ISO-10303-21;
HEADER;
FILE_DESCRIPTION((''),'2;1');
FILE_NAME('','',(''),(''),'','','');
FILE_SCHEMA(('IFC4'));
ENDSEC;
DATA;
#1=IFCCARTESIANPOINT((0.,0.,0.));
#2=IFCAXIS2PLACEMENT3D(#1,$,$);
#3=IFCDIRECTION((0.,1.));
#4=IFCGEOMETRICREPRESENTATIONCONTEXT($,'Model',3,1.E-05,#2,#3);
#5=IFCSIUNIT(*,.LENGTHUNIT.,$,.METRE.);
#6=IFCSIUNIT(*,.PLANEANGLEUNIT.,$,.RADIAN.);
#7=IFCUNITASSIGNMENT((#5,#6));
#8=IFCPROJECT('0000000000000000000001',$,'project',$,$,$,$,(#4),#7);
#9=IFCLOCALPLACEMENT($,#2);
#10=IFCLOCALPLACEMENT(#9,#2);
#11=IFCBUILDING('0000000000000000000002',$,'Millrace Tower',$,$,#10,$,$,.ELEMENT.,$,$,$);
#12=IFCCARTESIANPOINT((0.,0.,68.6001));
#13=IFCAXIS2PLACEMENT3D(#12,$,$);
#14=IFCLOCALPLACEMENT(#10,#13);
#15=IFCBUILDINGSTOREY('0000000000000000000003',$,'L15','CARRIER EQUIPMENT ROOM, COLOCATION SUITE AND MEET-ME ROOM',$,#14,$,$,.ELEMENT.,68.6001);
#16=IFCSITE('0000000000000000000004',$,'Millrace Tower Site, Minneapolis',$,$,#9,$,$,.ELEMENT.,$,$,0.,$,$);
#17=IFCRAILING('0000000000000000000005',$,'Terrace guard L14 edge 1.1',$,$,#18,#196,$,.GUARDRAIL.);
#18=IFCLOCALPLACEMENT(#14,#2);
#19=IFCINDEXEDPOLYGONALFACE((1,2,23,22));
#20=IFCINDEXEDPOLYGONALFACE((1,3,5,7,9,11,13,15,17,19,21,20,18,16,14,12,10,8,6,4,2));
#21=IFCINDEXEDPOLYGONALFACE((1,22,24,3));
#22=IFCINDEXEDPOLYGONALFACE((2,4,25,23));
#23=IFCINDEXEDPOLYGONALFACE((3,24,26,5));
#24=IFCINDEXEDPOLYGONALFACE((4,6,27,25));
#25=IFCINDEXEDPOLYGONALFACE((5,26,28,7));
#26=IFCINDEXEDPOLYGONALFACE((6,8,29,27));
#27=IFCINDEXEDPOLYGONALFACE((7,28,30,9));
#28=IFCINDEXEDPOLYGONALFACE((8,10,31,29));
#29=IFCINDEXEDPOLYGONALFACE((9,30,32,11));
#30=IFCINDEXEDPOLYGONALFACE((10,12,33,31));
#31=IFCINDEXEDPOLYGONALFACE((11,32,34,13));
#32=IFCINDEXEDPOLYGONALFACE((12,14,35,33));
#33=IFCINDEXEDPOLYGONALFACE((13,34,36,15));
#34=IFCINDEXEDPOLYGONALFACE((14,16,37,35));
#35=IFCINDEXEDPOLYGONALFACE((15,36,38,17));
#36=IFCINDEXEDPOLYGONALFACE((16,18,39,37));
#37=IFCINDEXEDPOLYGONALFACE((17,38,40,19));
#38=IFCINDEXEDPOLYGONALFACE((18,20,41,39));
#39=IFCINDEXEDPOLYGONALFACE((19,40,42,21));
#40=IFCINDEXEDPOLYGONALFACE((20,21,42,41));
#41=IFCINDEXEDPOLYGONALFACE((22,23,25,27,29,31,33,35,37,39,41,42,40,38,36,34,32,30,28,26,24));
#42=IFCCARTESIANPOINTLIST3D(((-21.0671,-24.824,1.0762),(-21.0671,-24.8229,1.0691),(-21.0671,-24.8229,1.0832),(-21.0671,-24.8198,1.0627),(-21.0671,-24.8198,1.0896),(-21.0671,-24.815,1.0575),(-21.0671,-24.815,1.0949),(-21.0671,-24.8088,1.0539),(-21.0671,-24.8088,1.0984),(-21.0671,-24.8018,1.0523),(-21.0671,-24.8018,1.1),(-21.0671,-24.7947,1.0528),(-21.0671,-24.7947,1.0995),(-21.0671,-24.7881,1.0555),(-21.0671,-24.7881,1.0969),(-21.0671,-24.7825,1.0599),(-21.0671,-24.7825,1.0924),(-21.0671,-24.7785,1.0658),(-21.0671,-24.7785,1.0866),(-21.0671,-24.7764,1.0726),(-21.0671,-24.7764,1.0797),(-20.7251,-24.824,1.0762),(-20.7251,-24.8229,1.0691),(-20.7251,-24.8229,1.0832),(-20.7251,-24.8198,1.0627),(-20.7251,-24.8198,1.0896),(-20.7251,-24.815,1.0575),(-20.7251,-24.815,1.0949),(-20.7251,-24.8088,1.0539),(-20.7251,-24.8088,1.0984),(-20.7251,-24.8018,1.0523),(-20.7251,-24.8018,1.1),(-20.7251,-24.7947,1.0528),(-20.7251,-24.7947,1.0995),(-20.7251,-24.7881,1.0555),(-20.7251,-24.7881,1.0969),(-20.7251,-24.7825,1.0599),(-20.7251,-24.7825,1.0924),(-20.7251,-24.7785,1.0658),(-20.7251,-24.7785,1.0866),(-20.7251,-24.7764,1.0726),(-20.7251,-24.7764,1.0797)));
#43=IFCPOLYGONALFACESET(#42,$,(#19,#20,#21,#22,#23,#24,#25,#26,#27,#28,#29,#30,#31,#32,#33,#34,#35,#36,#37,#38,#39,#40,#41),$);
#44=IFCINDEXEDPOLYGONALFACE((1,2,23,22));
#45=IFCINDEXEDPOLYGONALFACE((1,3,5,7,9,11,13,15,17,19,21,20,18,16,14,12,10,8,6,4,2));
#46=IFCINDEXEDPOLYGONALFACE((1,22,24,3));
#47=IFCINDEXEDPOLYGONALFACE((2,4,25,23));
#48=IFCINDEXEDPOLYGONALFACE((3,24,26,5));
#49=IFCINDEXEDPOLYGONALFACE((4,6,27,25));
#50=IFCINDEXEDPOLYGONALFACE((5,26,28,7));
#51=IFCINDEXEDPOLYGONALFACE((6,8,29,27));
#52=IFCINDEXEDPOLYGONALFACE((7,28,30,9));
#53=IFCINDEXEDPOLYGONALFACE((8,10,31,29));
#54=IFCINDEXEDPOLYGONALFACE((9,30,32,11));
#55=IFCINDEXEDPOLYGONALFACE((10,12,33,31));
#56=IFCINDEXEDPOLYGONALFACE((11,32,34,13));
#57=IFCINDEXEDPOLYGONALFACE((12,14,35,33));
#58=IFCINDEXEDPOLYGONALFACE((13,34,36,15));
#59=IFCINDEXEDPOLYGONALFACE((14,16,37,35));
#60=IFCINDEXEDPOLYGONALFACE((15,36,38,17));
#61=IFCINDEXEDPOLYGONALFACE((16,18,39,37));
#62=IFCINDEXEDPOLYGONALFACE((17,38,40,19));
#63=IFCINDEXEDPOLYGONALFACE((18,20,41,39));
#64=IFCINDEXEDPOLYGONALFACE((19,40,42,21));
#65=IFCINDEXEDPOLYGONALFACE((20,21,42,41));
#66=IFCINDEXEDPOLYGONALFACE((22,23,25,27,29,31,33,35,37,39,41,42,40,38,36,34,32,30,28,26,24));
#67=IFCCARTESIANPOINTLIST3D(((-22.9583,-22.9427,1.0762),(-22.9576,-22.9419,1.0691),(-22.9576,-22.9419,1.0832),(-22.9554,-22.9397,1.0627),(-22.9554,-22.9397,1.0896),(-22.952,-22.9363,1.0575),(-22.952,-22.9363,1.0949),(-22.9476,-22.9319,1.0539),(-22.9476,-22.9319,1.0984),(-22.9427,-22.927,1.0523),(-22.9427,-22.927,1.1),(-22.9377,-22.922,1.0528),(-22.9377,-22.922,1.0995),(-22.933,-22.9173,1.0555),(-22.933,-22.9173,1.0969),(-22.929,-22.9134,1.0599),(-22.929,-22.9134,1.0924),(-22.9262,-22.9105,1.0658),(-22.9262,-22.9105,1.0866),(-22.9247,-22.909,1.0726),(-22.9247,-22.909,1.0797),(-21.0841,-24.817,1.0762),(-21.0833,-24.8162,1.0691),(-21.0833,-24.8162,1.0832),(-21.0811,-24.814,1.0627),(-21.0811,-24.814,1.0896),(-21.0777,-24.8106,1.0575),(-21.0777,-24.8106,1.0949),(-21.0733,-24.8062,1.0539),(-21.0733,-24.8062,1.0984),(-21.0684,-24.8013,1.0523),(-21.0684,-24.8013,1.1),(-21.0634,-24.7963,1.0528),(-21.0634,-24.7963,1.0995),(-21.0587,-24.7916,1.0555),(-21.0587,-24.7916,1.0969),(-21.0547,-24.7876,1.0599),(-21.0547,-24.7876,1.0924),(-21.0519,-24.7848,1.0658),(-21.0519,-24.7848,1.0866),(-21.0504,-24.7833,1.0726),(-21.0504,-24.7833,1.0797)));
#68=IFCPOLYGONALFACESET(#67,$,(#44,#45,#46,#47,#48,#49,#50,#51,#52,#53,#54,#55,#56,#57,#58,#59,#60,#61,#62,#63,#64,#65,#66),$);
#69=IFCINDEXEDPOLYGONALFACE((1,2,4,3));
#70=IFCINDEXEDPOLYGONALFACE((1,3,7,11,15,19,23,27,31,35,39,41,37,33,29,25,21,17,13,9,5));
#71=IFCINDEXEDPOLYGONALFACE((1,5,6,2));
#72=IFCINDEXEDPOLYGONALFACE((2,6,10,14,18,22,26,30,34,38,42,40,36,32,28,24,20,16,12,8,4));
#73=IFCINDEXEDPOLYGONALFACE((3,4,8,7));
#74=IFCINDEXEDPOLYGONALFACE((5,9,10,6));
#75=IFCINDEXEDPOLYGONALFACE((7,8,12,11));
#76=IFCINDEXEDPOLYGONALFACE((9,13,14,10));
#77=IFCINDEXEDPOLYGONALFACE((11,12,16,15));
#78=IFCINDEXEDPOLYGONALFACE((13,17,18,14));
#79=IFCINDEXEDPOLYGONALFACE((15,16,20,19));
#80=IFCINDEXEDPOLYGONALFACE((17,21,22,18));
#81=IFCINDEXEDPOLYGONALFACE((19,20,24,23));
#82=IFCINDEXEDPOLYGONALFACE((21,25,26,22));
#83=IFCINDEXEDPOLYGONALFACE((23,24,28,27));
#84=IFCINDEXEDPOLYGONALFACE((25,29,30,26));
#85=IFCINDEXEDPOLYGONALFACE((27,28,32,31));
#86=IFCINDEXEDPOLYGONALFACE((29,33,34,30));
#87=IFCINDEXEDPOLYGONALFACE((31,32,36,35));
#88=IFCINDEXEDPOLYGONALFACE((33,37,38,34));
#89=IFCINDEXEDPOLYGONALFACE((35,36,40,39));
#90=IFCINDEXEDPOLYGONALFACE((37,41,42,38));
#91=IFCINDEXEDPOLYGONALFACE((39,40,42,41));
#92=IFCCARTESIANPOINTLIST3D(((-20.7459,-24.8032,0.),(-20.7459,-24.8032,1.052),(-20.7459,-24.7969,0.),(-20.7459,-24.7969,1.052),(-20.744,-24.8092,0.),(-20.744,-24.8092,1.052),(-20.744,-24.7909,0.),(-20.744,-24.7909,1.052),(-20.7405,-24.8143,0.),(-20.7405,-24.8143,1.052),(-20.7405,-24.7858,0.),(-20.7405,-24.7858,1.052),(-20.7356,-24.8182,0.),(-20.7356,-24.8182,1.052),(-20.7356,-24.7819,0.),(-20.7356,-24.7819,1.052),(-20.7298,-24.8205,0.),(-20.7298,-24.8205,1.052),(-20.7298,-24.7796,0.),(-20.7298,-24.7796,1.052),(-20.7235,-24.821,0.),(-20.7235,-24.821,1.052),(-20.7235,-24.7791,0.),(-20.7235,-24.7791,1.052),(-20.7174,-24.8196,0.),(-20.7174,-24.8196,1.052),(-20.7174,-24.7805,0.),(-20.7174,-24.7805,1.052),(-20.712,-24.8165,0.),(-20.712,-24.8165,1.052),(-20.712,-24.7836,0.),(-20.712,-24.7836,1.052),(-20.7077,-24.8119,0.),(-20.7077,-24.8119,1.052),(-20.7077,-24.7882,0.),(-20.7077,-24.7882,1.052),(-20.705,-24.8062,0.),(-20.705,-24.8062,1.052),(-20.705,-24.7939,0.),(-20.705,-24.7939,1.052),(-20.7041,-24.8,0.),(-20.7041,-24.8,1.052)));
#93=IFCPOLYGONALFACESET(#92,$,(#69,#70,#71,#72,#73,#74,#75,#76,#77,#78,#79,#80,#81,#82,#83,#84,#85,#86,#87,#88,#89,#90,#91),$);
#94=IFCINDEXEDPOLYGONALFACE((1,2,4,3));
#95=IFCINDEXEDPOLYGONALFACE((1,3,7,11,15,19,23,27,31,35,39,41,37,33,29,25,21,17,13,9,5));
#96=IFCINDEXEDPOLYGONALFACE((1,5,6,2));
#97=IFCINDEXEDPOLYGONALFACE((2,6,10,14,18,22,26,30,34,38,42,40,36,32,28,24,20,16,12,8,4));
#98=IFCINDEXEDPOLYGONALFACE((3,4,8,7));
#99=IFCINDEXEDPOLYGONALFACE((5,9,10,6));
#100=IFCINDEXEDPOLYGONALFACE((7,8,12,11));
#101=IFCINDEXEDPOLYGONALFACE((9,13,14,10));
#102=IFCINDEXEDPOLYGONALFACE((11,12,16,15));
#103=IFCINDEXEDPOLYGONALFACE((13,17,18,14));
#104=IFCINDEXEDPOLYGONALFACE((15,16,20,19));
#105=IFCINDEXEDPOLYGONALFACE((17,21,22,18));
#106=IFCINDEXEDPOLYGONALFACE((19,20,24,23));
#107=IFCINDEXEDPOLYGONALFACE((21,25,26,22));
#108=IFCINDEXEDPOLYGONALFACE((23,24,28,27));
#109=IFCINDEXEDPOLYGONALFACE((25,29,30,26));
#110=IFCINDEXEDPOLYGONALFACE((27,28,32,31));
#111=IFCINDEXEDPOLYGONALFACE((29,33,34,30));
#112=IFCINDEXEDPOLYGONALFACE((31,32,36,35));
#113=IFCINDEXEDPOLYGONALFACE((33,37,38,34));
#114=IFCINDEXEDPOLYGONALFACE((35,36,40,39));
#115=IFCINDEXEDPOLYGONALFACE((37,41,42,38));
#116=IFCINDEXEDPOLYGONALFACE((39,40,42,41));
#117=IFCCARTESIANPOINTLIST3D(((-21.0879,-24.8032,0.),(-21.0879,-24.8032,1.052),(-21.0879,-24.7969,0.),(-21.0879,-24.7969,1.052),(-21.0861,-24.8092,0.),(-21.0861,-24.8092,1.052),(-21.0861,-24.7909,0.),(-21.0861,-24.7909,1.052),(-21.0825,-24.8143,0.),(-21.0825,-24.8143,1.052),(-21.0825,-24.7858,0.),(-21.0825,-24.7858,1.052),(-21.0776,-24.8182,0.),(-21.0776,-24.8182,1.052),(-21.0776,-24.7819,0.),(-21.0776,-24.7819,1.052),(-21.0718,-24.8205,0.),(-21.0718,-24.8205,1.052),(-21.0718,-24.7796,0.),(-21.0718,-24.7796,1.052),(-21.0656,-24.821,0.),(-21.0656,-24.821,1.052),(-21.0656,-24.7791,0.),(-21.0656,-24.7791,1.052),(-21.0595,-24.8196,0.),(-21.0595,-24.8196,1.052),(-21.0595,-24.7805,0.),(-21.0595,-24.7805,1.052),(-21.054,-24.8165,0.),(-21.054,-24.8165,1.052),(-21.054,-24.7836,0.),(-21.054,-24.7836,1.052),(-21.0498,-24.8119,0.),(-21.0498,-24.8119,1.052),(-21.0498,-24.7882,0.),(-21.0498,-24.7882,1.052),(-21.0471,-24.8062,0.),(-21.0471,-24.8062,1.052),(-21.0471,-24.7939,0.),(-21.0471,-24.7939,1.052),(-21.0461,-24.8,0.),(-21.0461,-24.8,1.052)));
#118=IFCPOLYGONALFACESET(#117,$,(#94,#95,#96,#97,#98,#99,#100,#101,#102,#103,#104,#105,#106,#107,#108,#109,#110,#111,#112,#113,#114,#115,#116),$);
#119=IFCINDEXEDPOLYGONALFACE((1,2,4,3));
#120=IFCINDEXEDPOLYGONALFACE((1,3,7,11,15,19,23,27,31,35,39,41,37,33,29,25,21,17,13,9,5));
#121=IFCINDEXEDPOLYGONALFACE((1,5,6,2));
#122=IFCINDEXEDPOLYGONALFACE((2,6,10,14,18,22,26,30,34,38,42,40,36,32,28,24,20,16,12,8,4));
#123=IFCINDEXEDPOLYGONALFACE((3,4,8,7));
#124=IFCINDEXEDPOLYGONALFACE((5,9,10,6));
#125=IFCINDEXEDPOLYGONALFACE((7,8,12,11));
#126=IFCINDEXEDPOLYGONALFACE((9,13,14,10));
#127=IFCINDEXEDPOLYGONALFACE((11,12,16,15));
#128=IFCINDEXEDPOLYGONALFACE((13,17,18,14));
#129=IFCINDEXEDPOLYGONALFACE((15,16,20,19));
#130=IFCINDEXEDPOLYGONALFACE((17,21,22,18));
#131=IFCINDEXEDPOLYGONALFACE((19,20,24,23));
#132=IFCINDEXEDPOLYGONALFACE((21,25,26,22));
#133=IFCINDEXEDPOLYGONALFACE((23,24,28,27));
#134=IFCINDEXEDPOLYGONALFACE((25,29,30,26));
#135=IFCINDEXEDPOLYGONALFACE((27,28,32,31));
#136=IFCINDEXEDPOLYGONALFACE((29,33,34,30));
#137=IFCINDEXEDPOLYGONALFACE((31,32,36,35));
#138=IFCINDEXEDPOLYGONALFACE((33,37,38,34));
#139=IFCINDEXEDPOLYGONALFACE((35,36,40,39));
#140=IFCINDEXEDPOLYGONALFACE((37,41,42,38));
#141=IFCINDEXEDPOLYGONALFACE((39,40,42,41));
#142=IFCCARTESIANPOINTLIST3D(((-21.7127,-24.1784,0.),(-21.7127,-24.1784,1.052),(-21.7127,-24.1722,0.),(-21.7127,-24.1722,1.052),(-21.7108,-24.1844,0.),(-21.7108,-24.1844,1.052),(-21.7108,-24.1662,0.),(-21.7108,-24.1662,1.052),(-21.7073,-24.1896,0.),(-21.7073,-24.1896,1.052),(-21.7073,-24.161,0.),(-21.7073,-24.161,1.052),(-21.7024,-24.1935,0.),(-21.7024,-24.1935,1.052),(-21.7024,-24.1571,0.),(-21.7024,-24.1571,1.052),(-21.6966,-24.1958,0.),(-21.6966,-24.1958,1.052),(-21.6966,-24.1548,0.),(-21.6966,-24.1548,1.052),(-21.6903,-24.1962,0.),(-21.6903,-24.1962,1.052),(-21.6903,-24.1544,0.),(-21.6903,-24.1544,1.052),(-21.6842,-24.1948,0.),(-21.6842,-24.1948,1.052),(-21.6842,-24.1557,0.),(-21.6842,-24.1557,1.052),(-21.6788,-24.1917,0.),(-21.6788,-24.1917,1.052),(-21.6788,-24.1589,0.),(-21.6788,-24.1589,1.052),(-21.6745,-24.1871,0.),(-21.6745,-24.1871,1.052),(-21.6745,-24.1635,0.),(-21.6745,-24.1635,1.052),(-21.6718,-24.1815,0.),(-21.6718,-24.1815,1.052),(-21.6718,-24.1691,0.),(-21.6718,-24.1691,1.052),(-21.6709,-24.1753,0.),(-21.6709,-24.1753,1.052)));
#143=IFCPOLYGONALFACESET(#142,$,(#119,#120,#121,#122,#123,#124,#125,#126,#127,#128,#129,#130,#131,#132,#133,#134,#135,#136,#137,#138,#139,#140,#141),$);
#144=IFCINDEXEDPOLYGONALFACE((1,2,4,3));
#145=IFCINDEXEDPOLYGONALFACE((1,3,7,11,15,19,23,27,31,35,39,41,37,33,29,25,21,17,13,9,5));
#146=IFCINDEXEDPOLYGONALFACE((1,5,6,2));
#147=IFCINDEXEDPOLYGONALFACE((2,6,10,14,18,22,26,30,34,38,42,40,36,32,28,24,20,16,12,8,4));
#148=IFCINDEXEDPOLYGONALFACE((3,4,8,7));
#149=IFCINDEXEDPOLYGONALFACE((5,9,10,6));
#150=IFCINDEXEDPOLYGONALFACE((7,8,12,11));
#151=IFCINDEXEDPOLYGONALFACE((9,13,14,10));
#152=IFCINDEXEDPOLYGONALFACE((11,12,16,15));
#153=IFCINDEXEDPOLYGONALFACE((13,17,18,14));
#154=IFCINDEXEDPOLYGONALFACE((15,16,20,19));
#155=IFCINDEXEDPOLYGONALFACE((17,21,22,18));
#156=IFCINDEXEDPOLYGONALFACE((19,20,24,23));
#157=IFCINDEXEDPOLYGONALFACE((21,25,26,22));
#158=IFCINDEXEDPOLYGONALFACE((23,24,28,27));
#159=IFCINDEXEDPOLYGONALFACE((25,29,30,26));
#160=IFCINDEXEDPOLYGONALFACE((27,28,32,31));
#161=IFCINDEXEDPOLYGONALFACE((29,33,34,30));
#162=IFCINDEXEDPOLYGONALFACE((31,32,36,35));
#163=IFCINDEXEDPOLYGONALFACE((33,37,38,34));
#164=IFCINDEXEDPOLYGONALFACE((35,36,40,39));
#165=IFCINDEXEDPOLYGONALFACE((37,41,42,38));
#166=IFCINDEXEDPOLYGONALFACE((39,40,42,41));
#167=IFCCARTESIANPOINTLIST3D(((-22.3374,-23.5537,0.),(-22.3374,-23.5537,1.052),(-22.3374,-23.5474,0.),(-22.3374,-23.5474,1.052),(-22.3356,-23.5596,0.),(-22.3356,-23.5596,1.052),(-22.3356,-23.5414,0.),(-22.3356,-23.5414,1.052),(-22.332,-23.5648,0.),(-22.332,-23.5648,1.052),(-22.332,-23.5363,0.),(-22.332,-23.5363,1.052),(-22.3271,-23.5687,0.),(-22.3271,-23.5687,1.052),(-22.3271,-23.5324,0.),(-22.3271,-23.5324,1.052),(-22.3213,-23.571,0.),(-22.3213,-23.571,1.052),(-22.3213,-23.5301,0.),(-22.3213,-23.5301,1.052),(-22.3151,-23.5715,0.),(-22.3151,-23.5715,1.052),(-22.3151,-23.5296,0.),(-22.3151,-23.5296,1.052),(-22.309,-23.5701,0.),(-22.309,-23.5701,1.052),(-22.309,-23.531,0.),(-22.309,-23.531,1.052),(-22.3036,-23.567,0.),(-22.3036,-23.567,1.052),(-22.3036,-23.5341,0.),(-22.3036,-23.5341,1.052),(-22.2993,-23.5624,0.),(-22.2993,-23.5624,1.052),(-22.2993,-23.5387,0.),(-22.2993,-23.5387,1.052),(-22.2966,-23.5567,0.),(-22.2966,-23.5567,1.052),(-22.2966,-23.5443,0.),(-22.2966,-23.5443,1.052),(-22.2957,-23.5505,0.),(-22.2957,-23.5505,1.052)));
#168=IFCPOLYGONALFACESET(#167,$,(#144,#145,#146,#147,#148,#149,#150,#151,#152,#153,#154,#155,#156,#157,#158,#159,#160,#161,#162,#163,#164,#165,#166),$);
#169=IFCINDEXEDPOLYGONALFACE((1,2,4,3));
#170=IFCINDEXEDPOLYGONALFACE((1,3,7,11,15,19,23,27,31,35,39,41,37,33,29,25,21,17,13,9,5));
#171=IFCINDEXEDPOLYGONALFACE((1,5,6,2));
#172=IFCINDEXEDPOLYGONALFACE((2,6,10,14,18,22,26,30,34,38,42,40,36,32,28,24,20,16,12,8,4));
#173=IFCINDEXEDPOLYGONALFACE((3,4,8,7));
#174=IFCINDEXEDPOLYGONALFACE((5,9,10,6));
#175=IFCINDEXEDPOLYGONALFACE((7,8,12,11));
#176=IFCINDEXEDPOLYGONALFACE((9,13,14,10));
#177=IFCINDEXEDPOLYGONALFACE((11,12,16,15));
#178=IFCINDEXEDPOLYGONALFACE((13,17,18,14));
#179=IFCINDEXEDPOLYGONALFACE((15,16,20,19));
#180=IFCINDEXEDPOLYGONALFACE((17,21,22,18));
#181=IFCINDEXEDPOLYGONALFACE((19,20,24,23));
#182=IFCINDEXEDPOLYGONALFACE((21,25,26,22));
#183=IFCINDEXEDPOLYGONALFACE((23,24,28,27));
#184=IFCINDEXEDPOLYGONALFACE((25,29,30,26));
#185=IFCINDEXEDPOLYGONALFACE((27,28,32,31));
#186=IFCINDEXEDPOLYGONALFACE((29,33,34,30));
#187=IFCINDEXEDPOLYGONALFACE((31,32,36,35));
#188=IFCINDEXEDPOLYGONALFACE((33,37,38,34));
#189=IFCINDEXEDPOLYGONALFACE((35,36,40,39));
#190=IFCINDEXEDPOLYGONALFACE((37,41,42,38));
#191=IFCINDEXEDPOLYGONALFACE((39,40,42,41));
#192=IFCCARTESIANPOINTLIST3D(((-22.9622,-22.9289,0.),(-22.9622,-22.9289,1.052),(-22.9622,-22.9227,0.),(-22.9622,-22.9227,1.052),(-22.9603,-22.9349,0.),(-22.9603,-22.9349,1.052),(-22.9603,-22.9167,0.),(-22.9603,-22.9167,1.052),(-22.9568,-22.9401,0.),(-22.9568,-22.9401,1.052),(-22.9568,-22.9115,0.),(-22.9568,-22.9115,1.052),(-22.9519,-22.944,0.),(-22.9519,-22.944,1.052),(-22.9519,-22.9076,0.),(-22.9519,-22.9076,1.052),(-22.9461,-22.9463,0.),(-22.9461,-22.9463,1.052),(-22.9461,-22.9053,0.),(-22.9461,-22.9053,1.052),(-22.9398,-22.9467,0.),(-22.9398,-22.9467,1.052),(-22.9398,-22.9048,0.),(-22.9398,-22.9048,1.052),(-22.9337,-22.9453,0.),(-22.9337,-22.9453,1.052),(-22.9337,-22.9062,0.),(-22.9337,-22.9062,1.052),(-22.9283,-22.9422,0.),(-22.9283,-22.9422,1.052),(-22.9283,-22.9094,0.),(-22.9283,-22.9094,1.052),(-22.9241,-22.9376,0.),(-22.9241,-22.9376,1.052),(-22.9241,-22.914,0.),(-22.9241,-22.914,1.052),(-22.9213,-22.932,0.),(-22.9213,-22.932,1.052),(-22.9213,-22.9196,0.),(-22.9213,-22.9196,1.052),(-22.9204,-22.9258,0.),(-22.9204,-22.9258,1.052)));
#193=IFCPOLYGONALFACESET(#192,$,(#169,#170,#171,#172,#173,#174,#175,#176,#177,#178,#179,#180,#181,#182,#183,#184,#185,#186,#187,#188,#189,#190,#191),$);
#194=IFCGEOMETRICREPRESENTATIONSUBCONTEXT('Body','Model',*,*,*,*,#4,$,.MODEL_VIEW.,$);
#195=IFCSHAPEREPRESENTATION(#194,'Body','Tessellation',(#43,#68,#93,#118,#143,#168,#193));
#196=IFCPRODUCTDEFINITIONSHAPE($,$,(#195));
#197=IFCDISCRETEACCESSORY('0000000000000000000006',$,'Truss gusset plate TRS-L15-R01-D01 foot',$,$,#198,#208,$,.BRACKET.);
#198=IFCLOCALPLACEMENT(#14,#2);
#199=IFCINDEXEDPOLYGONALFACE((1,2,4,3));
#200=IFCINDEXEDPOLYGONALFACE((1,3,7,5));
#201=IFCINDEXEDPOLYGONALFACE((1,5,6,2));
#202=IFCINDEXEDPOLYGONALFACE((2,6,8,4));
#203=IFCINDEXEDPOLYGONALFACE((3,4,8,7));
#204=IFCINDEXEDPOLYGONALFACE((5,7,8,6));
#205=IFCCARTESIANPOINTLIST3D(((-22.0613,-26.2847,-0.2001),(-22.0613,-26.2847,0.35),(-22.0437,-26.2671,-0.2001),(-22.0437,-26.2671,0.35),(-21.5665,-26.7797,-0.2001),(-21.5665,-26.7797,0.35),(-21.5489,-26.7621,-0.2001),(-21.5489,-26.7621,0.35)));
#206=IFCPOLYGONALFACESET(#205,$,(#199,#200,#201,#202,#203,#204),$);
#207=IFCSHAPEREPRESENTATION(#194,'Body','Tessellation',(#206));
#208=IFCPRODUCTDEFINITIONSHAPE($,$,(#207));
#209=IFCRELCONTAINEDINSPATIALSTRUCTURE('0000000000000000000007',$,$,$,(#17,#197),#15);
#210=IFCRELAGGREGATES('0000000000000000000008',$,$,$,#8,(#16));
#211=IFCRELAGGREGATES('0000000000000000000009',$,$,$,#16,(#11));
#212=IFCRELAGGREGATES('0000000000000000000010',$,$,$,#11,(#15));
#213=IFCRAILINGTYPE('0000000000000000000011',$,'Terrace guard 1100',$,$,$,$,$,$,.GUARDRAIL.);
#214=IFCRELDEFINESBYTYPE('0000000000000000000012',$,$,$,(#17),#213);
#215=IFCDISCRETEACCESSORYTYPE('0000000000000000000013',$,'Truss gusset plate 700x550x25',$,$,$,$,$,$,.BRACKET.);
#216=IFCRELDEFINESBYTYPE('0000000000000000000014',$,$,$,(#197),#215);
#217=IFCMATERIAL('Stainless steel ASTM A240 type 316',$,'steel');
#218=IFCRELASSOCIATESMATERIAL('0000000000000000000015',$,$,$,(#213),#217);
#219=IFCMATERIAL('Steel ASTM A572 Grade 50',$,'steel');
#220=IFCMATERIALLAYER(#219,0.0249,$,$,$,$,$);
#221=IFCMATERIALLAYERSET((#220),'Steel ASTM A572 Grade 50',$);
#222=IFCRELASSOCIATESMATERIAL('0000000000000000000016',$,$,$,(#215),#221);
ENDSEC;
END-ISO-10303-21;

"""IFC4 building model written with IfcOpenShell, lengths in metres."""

from ifc_helpers import new_model, si_unit, direction, frame, origin, origin_2d, place, context, subcontext, project, spatial, rectangle, circle, extrude, material, layer, layer_set, type_object, element, save


model = new_model("IFC4")

# Units and contexts
model_context = context("Model", 3, precision=1e-05, world=origin(), true_north=direction((0.0, 1.0)))
body_context = subcontext(model_context, "Body", "Model", "MODEL_VIEW")
ifc_project = project(units=[si_unit("LENGTHUNIT", "METRE"), si_unit("PLANEANGLEUNIT", "RADIAN")], contexts=[model_context])

# Site, building, storey
site_placement = place(None, origin())
site = spatial("IfcSite", under=ifc_project, at=site_placement, Name="Millrace Tower Site, Minneapolis", CompositionType="ELEMENT", RefElevation=0.0)
building_placement = place(site_placement, origin())
building = spatial("IfcBuilding", under=site, at=building_placement, Name="Millrace Tower", CompositionType="ELEMENT")
storey_placement = place(building_placement, frame((0.0, 0.0, 68.6001)))
storey = spatial("IfcBuildingStorey", under=building, at=storey_placement, Name="L15", Description="CARRIER EQUIPMENT ROOM, COLOCATION SUITE AND MEET-ME ROOM", CompositionType="ELEMENT", Elevation=68.6001)

# Railing
ifc_material_1 = material(Name="Stainless steel ASTM A240 type 316", Category="steel")
railing_type = type_object("IfcRailingType", Name="Terrace guard 1100", PredefinedType="GUARDRAIL", material=ifc_material_1)
railing_placement = place(storey_placement, frame((-20.7251, -24.8, 0.0)))
element("IfcRailing", 1, at=railing_placement, inside=storey, type_object=railing_type, Name="Terrace guard L14 edge 1.1", PredefinedType="GUARDRAIL", context=body_context, shape_type="SweptSolid", body=[
    extrude(circle(Radius=0.0239, at=origin_2d()), frame((0.0, 0.0, 1.0762), z_axis=(-1.0, 0.0, 0.0), x_axis=(0.0, -1.0, 0.0)), (0.0, 0.0, 1.0), 0.342),
    extrude(circle(Radius=0.0239, at=origin_2d()), frame((-0.342, 0.0, 1.0762), z_axis=(-0.707107, 0.707107, 0.0), x_axis=(-0.707107, -0.707107, 0.0)), (0.0, 0.0, 1.0), 2.6506),
    extrude(circle(Radius=0.021, at=origin_2d()), origin(), (0.0, 0.0, 1.0), 1.052),
    extrude(circle(Radius=0.021, at=origin_2d()), frame((-0.342, 0.0, 0.0)), (0.0, 0.0, 1.0), 1.052),
    extrude(circle(Radius=0.021, at=origin_2d()), frame((-0.9668, 0.6248, 0.0)), (0.0, 0.0, 1.0), 1.052),
    extrude(circle(Radius=0.021, at=origin_2d()), frame((-1.5916, 1.2495, 0.0)), (0.0, 0.0, 1.0), 1.052),
    extrude(circle(Radius=0.021, at=origin_2d()), frame((-2.2163, 1.8743, 0.0)), (0.0, 0.0, 1.0), 1.052),
])

# Discrete accessory
ifc_material_2 = material(Name="Steel ASTM A572 Grade 50", Category="steel")
ifc_layer_1 = layer(ifc_material_2, 0.0249)
ifc_layer_set_1 = layer_set([ifc_layer_1], Name="Steel ASTM A572 Grade 50")
discrete_accessory_type = type_object("IfcDiscreteAccessoryType", Name="Truss gusset plate 700x550x25", PredefinedType="BRACKET", material=ifc_layer_set_1)
for number, where, z_axis, x_axis, name in (
    (2, (-22.0525, -26.2759, 0.075), (0.706932, -0.707281, 0.0), (0.707281, 0.706932, 0.0), "Truss gusset plate TRS-L15-R01-D01 foot"),
):
    element("IfcDiscreteAccessory", number, at=place(storey_placement, frame(where, z_axis=z_axis, x_axis=x_axis)), inside=storey, type_object=discrete_accessory_type, Name=name, PredefinedType="BRACKET", context=body_context, shape_type="SweptSolid", body=[
        extrude(rectangle(XDim=0.0249, YDim=0.55, at=origin_2d()), origin(), (0.0, 0.0, 1.0), 0.7),
    ])

save(model, "model.ifc")
